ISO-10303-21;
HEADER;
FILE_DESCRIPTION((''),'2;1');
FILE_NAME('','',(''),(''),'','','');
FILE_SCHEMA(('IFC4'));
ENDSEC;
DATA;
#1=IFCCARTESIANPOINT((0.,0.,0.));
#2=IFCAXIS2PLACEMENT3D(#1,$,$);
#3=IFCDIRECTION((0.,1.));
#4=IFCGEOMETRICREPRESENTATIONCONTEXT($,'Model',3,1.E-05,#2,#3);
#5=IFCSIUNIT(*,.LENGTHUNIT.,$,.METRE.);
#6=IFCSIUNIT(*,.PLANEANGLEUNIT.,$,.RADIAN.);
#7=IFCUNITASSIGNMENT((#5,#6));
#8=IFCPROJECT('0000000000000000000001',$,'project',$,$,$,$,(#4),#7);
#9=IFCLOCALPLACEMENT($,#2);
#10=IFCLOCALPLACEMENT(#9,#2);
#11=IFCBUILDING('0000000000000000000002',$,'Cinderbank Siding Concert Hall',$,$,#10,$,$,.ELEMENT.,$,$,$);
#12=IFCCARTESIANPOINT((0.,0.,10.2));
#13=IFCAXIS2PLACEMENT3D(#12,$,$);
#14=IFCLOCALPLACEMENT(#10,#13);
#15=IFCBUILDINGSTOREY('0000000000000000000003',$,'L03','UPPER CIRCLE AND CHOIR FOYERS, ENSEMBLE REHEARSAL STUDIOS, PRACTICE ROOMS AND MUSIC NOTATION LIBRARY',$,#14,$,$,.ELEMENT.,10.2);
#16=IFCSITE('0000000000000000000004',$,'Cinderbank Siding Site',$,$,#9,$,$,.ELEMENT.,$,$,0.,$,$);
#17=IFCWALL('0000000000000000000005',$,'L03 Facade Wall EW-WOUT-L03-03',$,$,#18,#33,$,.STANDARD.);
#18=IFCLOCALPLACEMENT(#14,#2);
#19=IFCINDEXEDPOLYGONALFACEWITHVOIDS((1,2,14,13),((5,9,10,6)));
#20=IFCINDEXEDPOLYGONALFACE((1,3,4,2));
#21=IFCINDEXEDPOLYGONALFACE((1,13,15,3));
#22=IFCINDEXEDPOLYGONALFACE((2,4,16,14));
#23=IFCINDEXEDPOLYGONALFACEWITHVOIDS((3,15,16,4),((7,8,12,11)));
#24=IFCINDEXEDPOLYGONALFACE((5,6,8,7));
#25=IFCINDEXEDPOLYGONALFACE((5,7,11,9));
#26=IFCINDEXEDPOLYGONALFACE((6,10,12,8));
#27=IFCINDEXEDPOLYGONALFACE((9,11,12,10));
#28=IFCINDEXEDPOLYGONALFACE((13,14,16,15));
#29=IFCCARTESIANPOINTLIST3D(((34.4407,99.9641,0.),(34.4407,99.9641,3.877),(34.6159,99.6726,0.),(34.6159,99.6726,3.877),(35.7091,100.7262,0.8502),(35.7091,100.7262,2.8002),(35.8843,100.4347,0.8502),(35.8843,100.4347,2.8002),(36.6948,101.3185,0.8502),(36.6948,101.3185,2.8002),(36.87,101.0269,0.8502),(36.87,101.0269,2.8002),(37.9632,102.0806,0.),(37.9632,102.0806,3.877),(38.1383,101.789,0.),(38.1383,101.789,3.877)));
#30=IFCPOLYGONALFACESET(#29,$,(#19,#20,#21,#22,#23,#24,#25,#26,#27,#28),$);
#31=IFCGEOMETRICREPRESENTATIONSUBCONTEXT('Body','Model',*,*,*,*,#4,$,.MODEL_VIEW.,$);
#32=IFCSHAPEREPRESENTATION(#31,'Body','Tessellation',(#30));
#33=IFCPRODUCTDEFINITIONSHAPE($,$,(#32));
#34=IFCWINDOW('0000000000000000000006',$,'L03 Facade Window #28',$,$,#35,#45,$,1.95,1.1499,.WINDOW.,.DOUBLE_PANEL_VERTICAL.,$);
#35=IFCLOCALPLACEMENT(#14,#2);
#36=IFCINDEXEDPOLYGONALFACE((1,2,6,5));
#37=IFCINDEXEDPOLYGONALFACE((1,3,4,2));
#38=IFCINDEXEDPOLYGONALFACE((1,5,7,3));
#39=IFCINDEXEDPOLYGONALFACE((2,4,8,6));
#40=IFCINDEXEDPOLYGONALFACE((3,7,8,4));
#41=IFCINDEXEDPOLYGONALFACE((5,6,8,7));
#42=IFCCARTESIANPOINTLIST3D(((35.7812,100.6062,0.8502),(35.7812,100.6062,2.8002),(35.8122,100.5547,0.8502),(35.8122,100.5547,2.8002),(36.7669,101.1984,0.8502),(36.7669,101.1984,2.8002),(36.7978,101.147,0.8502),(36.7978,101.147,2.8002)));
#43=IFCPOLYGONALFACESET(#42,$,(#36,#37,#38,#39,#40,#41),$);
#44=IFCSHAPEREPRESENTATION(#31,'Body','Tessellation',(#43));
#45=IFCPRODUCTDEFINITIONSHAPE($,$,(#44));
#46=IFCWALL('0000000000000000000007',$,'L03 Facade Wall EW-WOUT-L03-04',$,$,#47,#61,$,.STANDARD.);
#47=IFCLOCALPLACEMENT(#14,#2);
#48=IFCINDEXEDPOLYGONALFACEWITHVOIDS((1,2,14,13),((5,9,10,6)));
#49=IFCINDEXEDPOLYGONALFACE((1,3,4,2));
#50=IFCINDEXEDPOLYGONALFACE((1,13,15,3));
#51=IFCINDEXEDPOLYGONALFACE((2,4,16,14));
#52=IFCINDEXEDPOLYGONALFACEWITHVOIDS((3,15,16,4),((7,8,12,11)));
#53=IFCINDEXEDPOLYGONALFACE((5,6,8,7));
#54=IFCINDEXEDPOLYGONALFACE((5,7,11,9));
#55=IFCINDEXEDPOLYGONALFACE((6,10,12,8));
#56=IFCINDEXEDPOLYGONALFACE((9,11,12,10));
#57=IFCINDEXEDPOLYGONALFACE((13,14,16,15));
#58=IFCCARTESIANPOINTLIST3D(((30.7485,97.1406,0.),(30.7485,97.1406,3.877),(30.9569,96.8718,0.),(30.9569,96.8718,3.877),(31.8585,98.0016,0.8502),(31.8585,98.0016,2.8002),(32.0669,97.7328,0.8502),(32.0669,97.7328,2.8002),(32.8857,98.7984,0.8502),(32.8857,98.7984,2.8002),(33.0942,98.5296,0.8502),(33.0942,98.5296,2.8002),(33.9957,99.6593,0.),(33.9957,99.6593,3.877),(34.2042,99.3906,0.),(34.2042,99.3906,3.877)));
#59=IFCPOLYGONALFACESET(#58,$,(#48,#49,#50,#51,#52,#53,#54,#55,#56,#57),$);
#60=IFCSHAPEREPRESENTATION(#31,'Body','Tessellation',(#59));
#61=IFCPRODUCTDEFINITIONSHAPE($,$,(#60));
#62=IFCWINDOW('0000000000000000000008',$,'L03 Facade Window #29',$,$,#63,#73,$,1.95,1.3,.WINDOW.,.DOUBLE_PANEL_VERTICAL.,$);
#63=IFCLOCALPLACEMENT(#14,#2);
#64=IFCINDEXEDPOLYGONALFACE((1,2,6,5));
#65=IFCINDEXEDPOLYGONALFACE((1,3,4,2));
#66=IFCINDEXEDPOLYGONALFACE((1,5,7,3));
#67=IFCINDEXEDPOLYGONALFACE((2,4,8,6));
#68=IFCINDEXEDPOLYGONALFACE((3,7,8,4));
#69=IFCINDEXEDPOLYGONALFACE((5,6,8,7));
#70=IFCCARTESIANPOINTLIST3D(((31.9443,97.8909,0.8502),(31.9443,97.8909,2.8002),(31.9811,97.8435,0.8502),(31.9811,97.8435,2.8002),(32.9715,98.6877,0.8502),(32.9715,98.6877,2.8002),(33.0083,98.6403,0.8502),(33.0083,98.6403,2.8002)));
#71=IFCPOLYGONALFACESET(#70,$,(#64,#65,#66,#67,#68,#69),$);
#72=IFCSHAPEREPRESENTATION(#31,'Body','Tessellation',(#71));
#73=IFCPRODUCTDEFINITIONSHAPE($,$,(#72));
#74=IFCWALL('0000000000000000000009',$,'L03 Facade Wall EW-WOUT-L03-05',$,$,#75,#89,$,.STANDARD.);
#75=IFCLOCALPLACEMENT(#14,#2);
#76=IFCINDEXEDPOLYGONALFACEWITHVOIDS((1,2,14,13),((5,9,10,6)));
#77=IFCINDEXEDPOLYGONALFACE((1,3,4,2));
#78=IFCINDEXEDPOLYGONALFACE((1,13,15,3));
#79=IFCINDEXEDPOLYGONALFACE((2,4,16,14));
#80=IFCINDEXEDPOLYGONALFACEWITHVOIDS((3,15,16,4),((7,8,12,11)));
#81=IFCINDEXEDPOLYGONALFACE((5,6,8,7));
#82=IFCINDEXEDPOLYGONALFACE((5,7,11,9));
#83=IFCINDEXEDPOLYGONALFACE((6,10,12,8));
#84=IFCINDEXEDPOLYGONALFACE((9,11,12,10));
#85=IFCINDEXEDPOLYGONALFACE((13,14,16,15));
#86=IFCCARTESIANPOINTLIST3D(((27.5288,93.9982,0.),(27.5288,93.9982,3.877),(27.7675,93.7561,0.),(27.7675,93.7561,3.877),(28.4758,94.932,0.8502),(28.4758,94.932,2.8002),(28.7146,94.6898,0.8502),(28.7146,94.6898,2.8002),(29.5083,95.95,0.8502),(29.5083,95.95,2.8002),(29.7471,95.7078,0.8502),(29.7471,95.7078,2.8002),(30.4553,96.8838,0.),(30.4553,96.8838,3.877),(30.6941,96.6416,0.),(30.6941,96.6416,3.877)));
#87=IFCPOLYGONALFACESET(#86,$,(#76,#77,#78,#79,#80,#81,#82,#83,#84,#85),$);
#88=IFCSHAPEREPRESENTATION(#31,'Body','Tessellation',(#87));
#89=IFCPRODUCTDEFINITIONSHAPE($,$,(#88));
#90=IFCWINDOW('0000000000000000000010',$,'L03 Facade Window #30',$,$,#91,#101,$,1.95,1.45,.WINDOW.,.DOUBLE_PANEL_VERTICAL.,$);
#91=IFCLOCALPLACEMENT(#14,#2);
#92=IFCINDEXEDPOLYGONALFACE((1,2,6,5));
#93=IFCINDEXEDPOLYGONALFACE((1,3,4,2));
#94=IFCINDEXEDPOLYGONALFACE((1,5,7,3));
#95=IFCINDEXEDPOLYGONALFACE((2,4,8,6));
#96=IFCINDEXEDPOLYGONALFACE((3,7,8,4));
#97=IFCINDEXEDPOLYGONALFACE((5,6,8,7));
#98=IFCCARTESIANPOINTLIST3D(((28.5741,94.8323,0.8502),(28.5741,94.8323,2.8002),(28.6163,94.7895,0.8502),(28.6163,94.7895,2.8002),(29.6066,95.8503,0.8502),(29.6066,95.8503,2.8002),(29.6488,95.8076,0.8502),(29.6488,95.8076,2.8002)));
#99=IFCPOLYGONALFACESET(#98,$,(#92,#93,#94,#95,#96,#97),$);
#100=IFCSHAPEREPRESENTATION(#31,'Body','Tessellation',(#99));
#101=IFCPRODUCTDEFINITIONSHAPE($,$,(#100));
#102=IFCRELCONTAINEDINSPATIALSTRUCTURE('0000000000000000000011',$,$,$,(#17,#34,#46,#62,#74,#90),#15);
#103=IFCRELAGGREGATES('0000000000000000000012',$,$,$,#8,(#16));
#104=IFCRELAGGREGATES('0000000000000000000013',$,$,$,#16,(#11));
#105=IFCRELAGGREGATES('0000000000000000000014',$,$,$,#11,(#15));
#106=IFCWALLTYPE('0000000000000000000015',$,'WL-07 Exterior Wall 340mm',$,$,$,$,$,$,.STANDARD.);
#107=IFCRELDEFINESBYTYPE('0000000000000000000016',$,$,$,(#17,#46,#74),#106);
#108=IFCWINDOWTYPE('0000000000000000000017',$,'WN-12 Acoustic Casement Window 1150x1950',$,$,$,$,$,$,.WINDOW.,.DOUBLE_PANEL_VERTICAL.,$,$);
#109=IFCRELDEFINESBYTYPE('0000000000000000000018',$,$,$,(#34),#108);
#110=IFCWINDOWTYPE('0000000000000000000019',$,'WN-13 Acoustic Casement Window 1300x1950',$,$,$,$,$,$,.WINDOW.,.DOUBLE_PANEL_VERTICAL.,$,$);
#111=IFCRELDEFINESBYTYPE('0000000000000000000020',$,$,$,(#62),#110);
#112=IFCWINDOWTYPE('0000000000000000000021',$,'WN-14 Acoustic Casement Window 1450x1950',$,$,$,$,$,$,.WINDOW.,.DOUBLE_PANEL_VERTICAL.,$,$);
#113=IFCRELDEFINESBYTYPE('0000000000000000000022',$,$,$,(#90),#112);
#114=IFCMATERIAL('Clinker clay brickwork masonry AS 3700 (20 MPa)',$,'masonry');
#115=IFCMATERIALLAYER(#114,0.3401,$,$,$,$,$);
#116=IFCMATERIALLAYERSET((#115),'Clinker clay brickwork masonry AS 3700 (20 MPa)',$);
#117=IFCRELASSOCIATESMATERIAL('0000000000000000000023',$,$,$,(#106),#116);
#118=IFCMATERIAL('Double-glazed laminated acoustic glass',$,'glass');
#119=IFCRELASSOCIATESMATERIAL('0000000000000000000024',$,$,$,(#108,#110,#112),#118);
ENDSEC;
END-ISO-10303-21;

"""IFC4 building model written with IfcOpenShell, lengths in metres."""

from ifc_helpers import new_model, si_unit, direction, frame, frame_2d, origin, place, context, subcontext, project, spatial, rectangle, extrude, material, layer, layer_set, type_object, element, fill, save


model = new_model("IFC4")

# Units and contexts
model_context = context("Model", 3, precision=1e-05, world=origin(), true_north=direction((0.0, 1.0)))
body_context = subcontext(model_context, "Body", "Model", "MODEL_VIEW")
ifc_project = project(units=[si_unit("LENGTHUNIT", "METRE"), si_unit("PLANEANGLEUNIT", "RADIAN")], contexts=[model_context])

# Site, building, storey
site_placement = place(None, origin())
site = spatial("IfcSite", under=ifc_project, at=site_placement, Name="Cinderbank Siding Site", CompositionType="ELEMENT", RefElevation=0.0)
building_placement = place(site_placement, origin())
building = spatial("IfcBuilding", under=site, at=building_placement, Name="Cinderbank Siding Concert Hall", CompositionType="ELEMENT")
storey_placement = place(building_placement, frame((0.0, 0.0, 10.2)))
storey = spatial("IfcBuildingStorey", under=building, at=storey_placement, Name="L03", Description="UPPER CIRCLE AND CHOIR FOYERS, ENSEMBLE REHEARSAL STUDIOS, PRACTICE ROOMS AND MUSIC NOTATION LIBRARY", CompositionType="ELEMENT", Elevation=10.2)

# Walls, openings, windows
ifc_material_1 = material(Name="Clinker clay brickwork masonry AS 3700 (20 MPa)", Category="masonry")
ifc_layer_1 = layer(ifc_material_1, 0.3401)
ifc_layer_set_1 = layer_set([ifc_layer_1], Name="Clinker clay brickwork masonry AS 3700 (20 MPa)")
wall_type_1 = type_object("IfcWallType", Name="WL-07 Exterior Wall 340mm", PredefinedType="STANDARD", material=ifc_layer_set_1)
wall_1_placement = place(storey_placement, frame((34.5283, 99.8184, 0.0), z_axis=(0.0, 0.0, 1.0), x_axis=(0.857173, 0.515029, 0.0)))
wall_1 = element("IfcWall", 1, at=wall_1_placement, inside=storey, type_object=wall_type_1, Name="L03 Facade Wall EW-WOUT-L03-03", PredefinedType="STANDARD", context=body_context, shape_type="SweptSolid", body=[
    extrude(rectangle(XDim=4.1094, YDim=0.3401, at=frame_2d((2.0547, 0.0))), origin(), (0.0, 0.0, 1.0), 3.877),
])
opening_1_placement = place(wall_1_placement, frame((1.4797, 0.0, 0.8501)))
opening_1 = element("IfcOpeningElement", 2, at=opening_1_placement, cuts=wall_1, PredefinedType="OPENING", context=body_context, shape_type="SweptSolid", body=[
    extrude(rectangle(XDim=1.1499, YDim=1.95, at=frame_2d((0.575, 0.9751))), frame((0.0, 0.1821, 0.0), z_axis=(0.0, -1.0, 0.0), x_axis=(1.0, 0.0, 0.0)), (0.0, 0.0, 1.0), 0.364),
])
ifc_material_2 = material(Name="Double-glazed laminated acoustic glass", Category="glass")
window_type_1 = type_object("IfcWindowType", Name="WN-12 Acoustic Casement Window 1150x1950", PartitioningType="DOUBLE_PANEL_VERTICAL", PredefinedType="WINDOW", material=ifc_material_2)
window_1_placement = place(opening_1_placement, origin())
window_1 = element("IfcWindow", 3, at=window_1_placement, inside=storey, type_object=window_type_1, Name="L03 Facade Window #28", OverallHeight=1.95, OverallWidth=1.1499, PartitioningType="DOUBLE_PANEL_VERTICAL", PredefinedType="WINDOW", context=body_context, shape_type="SweptSolid", body=[
    extrude(rectangle(XDim=1.1499, YDim=1.95, at=frame_2d((0.575, 0.9751))), frame((0.0, 0.03, 0.0), z_axis=(0.0, -1.0, 0.0), x_axis=(1.0, 0.0, 0.0)), (0.0, 0.0, 1.0), 0.0601),
])
fill(opening_1, window_1)
wall_2_placement = place(storey_placement, frame((34.0999, 99.5249, 0.0), z_axis=(0.0, 0.0, 1.0), x_axis=(-0.790164, -0.612895, 0.0)))
wall_2 = element("IfcWall", 4, at=wall_2_placement, inside=storey, type_object=wall_type_1, Name="L03 Facade Wall EW-WOUT-L03-04", PredefinedType="STANDARD", context=body_context, shape_type="SweptSolid", body=[
    extrude(rectangle(XDim=4.1096, YDim=0.3401, at=frame_2d((2.0547, 0.0))), origin(), (0.0, 0.0, 1.0), 3.877),
])
opening_2_placement = place(wall_2_placement, frame((1.4048, 0.0, 0.8501)))
opening_2 = element("IfcOpeningElement", 5, at=opening_2_placement, cuts=wall_2, PredefinedType="OPENING", context=body_context, shape_type="SweptSolid", body=[
    extrude(rectangle(XDim=1.3, YDim=1.95, at=frame_2d((0.6499, 0.9751))), frame((0.0, 0.1821, 0.0), z_axis=(0.0, -1.0, 0.0), x_axis=(1.0, 0.0, 0.0)), (0.0, 0.0, 1.0), 0.364),
])
window_type_2 = type_object("IfcWindowType", Name="WN-13 Acoustic Casement Window 1300x1950", PartitioningType="DOUBLE_PANEL_VERTICAL", PredefinedType="WINDOW", material=ifc_material_2)
window_2_placement = place(opening_2_placement, origin())
window_2 = element("IfcWindow", 6, at=window_2_placement, inside=storey, type_object=window_type_2, Name="L03 Facade Window #29", OverallHeight=1.95, OverallWidth=1.3, PartitioningType="DOUBLE_PANEL_VERTICAL", PredefinedType="WINDOW", context=body_context, shape_type="SweptSolid", body=[
    extrude(rectangle(XDim=1.3, YDim=1.95, at=frame_2d((0.6499, 0.9751))), frame((0.0, 0.03, 0.0), z_axis=(0.0, -1.0, 0.0), x_axis=(1.0, 0.0, 0.0)), (0.0, 0.0, 1.0), 0.0601),
])
fill(opening_2, window_2)
wall_3_placement = place(storey_placement, frame((30.5747, 96.7627, 0.0), z_axis=(0.0, 0.0, 1.0), x_axis=(-0.712079, -0.702099, 0.0)))
wall_3 = element("IfcWall", 7, at=wall_3_placement, inside=storey, type_object=wall_type_1, Name="L03 Facade Wall EW-WOUT-L03-05", PredefinedType="STANDARD", context=body_context, shape_type="SweptSolid", body=[
    extrude(rectangle(XDim=4.1099, YDim=0.3401, at=frame_2d((2.0549, 0.0))), origin(), (0.0, 0.0, 1.0), 3.877),
])
opening_3_placement = place(wall_3_placement, frame((1.3298, 0.0, 0.8501)))
opening_3 = element("IfcOpeningElement", 8, at=opening_3_placement, cuts=wall_3, PredefinedType="OPENING", context=body_context, shape_type="SweptSolid", body=[
    extrude(rectangle(XDim=1.45, YDim=1.95, at=frame_2d((0.7251, 0.9751))), frame((0.0, 0.1821, 0.0), z_axis=(0.0, -1.0, 0.0), x_axis=(1.0, 0.0, 0.0)), (0.0, 0.0, 1.0), 0.364),
])
window_type_3 = type_object("IfcWindowType", Name="WN-14 Acoustic Casement Window 1450x1950", PartitioningType="DOUBLE_PANEL_VERTICAL", PredefinedType="WINDOW", material=ifc_material_2)
window_3_placement = place(opening_3_placement, origin())
window_3 = element("IfcWindow", 9, at=window_3_placement, inside=storey, type_object=window_type_3, Name="L03 Facade Window #30", OverallHeight=1.95, OverallWidth=1.45, PartitioningType="DOUBLE_PANEL_VERTICAL", PredefinedType="WINDOW", context=body_context, shape_type="SweptSolid", body=[
    extrude(rectangle(XDim=1.45, YDim=1.95, at=frame_2d((0.7251, 0.9751))), frame((0.0, 0.03, 0.0), z_axis=(0.0, -1.0, 0.0), x_axis=(1.0, 0.0, 0.0)), (0.0, 0.0, 1.0), 0.0601),
])
fill(opening_3, window_3)

save(model, "model.ifc")
